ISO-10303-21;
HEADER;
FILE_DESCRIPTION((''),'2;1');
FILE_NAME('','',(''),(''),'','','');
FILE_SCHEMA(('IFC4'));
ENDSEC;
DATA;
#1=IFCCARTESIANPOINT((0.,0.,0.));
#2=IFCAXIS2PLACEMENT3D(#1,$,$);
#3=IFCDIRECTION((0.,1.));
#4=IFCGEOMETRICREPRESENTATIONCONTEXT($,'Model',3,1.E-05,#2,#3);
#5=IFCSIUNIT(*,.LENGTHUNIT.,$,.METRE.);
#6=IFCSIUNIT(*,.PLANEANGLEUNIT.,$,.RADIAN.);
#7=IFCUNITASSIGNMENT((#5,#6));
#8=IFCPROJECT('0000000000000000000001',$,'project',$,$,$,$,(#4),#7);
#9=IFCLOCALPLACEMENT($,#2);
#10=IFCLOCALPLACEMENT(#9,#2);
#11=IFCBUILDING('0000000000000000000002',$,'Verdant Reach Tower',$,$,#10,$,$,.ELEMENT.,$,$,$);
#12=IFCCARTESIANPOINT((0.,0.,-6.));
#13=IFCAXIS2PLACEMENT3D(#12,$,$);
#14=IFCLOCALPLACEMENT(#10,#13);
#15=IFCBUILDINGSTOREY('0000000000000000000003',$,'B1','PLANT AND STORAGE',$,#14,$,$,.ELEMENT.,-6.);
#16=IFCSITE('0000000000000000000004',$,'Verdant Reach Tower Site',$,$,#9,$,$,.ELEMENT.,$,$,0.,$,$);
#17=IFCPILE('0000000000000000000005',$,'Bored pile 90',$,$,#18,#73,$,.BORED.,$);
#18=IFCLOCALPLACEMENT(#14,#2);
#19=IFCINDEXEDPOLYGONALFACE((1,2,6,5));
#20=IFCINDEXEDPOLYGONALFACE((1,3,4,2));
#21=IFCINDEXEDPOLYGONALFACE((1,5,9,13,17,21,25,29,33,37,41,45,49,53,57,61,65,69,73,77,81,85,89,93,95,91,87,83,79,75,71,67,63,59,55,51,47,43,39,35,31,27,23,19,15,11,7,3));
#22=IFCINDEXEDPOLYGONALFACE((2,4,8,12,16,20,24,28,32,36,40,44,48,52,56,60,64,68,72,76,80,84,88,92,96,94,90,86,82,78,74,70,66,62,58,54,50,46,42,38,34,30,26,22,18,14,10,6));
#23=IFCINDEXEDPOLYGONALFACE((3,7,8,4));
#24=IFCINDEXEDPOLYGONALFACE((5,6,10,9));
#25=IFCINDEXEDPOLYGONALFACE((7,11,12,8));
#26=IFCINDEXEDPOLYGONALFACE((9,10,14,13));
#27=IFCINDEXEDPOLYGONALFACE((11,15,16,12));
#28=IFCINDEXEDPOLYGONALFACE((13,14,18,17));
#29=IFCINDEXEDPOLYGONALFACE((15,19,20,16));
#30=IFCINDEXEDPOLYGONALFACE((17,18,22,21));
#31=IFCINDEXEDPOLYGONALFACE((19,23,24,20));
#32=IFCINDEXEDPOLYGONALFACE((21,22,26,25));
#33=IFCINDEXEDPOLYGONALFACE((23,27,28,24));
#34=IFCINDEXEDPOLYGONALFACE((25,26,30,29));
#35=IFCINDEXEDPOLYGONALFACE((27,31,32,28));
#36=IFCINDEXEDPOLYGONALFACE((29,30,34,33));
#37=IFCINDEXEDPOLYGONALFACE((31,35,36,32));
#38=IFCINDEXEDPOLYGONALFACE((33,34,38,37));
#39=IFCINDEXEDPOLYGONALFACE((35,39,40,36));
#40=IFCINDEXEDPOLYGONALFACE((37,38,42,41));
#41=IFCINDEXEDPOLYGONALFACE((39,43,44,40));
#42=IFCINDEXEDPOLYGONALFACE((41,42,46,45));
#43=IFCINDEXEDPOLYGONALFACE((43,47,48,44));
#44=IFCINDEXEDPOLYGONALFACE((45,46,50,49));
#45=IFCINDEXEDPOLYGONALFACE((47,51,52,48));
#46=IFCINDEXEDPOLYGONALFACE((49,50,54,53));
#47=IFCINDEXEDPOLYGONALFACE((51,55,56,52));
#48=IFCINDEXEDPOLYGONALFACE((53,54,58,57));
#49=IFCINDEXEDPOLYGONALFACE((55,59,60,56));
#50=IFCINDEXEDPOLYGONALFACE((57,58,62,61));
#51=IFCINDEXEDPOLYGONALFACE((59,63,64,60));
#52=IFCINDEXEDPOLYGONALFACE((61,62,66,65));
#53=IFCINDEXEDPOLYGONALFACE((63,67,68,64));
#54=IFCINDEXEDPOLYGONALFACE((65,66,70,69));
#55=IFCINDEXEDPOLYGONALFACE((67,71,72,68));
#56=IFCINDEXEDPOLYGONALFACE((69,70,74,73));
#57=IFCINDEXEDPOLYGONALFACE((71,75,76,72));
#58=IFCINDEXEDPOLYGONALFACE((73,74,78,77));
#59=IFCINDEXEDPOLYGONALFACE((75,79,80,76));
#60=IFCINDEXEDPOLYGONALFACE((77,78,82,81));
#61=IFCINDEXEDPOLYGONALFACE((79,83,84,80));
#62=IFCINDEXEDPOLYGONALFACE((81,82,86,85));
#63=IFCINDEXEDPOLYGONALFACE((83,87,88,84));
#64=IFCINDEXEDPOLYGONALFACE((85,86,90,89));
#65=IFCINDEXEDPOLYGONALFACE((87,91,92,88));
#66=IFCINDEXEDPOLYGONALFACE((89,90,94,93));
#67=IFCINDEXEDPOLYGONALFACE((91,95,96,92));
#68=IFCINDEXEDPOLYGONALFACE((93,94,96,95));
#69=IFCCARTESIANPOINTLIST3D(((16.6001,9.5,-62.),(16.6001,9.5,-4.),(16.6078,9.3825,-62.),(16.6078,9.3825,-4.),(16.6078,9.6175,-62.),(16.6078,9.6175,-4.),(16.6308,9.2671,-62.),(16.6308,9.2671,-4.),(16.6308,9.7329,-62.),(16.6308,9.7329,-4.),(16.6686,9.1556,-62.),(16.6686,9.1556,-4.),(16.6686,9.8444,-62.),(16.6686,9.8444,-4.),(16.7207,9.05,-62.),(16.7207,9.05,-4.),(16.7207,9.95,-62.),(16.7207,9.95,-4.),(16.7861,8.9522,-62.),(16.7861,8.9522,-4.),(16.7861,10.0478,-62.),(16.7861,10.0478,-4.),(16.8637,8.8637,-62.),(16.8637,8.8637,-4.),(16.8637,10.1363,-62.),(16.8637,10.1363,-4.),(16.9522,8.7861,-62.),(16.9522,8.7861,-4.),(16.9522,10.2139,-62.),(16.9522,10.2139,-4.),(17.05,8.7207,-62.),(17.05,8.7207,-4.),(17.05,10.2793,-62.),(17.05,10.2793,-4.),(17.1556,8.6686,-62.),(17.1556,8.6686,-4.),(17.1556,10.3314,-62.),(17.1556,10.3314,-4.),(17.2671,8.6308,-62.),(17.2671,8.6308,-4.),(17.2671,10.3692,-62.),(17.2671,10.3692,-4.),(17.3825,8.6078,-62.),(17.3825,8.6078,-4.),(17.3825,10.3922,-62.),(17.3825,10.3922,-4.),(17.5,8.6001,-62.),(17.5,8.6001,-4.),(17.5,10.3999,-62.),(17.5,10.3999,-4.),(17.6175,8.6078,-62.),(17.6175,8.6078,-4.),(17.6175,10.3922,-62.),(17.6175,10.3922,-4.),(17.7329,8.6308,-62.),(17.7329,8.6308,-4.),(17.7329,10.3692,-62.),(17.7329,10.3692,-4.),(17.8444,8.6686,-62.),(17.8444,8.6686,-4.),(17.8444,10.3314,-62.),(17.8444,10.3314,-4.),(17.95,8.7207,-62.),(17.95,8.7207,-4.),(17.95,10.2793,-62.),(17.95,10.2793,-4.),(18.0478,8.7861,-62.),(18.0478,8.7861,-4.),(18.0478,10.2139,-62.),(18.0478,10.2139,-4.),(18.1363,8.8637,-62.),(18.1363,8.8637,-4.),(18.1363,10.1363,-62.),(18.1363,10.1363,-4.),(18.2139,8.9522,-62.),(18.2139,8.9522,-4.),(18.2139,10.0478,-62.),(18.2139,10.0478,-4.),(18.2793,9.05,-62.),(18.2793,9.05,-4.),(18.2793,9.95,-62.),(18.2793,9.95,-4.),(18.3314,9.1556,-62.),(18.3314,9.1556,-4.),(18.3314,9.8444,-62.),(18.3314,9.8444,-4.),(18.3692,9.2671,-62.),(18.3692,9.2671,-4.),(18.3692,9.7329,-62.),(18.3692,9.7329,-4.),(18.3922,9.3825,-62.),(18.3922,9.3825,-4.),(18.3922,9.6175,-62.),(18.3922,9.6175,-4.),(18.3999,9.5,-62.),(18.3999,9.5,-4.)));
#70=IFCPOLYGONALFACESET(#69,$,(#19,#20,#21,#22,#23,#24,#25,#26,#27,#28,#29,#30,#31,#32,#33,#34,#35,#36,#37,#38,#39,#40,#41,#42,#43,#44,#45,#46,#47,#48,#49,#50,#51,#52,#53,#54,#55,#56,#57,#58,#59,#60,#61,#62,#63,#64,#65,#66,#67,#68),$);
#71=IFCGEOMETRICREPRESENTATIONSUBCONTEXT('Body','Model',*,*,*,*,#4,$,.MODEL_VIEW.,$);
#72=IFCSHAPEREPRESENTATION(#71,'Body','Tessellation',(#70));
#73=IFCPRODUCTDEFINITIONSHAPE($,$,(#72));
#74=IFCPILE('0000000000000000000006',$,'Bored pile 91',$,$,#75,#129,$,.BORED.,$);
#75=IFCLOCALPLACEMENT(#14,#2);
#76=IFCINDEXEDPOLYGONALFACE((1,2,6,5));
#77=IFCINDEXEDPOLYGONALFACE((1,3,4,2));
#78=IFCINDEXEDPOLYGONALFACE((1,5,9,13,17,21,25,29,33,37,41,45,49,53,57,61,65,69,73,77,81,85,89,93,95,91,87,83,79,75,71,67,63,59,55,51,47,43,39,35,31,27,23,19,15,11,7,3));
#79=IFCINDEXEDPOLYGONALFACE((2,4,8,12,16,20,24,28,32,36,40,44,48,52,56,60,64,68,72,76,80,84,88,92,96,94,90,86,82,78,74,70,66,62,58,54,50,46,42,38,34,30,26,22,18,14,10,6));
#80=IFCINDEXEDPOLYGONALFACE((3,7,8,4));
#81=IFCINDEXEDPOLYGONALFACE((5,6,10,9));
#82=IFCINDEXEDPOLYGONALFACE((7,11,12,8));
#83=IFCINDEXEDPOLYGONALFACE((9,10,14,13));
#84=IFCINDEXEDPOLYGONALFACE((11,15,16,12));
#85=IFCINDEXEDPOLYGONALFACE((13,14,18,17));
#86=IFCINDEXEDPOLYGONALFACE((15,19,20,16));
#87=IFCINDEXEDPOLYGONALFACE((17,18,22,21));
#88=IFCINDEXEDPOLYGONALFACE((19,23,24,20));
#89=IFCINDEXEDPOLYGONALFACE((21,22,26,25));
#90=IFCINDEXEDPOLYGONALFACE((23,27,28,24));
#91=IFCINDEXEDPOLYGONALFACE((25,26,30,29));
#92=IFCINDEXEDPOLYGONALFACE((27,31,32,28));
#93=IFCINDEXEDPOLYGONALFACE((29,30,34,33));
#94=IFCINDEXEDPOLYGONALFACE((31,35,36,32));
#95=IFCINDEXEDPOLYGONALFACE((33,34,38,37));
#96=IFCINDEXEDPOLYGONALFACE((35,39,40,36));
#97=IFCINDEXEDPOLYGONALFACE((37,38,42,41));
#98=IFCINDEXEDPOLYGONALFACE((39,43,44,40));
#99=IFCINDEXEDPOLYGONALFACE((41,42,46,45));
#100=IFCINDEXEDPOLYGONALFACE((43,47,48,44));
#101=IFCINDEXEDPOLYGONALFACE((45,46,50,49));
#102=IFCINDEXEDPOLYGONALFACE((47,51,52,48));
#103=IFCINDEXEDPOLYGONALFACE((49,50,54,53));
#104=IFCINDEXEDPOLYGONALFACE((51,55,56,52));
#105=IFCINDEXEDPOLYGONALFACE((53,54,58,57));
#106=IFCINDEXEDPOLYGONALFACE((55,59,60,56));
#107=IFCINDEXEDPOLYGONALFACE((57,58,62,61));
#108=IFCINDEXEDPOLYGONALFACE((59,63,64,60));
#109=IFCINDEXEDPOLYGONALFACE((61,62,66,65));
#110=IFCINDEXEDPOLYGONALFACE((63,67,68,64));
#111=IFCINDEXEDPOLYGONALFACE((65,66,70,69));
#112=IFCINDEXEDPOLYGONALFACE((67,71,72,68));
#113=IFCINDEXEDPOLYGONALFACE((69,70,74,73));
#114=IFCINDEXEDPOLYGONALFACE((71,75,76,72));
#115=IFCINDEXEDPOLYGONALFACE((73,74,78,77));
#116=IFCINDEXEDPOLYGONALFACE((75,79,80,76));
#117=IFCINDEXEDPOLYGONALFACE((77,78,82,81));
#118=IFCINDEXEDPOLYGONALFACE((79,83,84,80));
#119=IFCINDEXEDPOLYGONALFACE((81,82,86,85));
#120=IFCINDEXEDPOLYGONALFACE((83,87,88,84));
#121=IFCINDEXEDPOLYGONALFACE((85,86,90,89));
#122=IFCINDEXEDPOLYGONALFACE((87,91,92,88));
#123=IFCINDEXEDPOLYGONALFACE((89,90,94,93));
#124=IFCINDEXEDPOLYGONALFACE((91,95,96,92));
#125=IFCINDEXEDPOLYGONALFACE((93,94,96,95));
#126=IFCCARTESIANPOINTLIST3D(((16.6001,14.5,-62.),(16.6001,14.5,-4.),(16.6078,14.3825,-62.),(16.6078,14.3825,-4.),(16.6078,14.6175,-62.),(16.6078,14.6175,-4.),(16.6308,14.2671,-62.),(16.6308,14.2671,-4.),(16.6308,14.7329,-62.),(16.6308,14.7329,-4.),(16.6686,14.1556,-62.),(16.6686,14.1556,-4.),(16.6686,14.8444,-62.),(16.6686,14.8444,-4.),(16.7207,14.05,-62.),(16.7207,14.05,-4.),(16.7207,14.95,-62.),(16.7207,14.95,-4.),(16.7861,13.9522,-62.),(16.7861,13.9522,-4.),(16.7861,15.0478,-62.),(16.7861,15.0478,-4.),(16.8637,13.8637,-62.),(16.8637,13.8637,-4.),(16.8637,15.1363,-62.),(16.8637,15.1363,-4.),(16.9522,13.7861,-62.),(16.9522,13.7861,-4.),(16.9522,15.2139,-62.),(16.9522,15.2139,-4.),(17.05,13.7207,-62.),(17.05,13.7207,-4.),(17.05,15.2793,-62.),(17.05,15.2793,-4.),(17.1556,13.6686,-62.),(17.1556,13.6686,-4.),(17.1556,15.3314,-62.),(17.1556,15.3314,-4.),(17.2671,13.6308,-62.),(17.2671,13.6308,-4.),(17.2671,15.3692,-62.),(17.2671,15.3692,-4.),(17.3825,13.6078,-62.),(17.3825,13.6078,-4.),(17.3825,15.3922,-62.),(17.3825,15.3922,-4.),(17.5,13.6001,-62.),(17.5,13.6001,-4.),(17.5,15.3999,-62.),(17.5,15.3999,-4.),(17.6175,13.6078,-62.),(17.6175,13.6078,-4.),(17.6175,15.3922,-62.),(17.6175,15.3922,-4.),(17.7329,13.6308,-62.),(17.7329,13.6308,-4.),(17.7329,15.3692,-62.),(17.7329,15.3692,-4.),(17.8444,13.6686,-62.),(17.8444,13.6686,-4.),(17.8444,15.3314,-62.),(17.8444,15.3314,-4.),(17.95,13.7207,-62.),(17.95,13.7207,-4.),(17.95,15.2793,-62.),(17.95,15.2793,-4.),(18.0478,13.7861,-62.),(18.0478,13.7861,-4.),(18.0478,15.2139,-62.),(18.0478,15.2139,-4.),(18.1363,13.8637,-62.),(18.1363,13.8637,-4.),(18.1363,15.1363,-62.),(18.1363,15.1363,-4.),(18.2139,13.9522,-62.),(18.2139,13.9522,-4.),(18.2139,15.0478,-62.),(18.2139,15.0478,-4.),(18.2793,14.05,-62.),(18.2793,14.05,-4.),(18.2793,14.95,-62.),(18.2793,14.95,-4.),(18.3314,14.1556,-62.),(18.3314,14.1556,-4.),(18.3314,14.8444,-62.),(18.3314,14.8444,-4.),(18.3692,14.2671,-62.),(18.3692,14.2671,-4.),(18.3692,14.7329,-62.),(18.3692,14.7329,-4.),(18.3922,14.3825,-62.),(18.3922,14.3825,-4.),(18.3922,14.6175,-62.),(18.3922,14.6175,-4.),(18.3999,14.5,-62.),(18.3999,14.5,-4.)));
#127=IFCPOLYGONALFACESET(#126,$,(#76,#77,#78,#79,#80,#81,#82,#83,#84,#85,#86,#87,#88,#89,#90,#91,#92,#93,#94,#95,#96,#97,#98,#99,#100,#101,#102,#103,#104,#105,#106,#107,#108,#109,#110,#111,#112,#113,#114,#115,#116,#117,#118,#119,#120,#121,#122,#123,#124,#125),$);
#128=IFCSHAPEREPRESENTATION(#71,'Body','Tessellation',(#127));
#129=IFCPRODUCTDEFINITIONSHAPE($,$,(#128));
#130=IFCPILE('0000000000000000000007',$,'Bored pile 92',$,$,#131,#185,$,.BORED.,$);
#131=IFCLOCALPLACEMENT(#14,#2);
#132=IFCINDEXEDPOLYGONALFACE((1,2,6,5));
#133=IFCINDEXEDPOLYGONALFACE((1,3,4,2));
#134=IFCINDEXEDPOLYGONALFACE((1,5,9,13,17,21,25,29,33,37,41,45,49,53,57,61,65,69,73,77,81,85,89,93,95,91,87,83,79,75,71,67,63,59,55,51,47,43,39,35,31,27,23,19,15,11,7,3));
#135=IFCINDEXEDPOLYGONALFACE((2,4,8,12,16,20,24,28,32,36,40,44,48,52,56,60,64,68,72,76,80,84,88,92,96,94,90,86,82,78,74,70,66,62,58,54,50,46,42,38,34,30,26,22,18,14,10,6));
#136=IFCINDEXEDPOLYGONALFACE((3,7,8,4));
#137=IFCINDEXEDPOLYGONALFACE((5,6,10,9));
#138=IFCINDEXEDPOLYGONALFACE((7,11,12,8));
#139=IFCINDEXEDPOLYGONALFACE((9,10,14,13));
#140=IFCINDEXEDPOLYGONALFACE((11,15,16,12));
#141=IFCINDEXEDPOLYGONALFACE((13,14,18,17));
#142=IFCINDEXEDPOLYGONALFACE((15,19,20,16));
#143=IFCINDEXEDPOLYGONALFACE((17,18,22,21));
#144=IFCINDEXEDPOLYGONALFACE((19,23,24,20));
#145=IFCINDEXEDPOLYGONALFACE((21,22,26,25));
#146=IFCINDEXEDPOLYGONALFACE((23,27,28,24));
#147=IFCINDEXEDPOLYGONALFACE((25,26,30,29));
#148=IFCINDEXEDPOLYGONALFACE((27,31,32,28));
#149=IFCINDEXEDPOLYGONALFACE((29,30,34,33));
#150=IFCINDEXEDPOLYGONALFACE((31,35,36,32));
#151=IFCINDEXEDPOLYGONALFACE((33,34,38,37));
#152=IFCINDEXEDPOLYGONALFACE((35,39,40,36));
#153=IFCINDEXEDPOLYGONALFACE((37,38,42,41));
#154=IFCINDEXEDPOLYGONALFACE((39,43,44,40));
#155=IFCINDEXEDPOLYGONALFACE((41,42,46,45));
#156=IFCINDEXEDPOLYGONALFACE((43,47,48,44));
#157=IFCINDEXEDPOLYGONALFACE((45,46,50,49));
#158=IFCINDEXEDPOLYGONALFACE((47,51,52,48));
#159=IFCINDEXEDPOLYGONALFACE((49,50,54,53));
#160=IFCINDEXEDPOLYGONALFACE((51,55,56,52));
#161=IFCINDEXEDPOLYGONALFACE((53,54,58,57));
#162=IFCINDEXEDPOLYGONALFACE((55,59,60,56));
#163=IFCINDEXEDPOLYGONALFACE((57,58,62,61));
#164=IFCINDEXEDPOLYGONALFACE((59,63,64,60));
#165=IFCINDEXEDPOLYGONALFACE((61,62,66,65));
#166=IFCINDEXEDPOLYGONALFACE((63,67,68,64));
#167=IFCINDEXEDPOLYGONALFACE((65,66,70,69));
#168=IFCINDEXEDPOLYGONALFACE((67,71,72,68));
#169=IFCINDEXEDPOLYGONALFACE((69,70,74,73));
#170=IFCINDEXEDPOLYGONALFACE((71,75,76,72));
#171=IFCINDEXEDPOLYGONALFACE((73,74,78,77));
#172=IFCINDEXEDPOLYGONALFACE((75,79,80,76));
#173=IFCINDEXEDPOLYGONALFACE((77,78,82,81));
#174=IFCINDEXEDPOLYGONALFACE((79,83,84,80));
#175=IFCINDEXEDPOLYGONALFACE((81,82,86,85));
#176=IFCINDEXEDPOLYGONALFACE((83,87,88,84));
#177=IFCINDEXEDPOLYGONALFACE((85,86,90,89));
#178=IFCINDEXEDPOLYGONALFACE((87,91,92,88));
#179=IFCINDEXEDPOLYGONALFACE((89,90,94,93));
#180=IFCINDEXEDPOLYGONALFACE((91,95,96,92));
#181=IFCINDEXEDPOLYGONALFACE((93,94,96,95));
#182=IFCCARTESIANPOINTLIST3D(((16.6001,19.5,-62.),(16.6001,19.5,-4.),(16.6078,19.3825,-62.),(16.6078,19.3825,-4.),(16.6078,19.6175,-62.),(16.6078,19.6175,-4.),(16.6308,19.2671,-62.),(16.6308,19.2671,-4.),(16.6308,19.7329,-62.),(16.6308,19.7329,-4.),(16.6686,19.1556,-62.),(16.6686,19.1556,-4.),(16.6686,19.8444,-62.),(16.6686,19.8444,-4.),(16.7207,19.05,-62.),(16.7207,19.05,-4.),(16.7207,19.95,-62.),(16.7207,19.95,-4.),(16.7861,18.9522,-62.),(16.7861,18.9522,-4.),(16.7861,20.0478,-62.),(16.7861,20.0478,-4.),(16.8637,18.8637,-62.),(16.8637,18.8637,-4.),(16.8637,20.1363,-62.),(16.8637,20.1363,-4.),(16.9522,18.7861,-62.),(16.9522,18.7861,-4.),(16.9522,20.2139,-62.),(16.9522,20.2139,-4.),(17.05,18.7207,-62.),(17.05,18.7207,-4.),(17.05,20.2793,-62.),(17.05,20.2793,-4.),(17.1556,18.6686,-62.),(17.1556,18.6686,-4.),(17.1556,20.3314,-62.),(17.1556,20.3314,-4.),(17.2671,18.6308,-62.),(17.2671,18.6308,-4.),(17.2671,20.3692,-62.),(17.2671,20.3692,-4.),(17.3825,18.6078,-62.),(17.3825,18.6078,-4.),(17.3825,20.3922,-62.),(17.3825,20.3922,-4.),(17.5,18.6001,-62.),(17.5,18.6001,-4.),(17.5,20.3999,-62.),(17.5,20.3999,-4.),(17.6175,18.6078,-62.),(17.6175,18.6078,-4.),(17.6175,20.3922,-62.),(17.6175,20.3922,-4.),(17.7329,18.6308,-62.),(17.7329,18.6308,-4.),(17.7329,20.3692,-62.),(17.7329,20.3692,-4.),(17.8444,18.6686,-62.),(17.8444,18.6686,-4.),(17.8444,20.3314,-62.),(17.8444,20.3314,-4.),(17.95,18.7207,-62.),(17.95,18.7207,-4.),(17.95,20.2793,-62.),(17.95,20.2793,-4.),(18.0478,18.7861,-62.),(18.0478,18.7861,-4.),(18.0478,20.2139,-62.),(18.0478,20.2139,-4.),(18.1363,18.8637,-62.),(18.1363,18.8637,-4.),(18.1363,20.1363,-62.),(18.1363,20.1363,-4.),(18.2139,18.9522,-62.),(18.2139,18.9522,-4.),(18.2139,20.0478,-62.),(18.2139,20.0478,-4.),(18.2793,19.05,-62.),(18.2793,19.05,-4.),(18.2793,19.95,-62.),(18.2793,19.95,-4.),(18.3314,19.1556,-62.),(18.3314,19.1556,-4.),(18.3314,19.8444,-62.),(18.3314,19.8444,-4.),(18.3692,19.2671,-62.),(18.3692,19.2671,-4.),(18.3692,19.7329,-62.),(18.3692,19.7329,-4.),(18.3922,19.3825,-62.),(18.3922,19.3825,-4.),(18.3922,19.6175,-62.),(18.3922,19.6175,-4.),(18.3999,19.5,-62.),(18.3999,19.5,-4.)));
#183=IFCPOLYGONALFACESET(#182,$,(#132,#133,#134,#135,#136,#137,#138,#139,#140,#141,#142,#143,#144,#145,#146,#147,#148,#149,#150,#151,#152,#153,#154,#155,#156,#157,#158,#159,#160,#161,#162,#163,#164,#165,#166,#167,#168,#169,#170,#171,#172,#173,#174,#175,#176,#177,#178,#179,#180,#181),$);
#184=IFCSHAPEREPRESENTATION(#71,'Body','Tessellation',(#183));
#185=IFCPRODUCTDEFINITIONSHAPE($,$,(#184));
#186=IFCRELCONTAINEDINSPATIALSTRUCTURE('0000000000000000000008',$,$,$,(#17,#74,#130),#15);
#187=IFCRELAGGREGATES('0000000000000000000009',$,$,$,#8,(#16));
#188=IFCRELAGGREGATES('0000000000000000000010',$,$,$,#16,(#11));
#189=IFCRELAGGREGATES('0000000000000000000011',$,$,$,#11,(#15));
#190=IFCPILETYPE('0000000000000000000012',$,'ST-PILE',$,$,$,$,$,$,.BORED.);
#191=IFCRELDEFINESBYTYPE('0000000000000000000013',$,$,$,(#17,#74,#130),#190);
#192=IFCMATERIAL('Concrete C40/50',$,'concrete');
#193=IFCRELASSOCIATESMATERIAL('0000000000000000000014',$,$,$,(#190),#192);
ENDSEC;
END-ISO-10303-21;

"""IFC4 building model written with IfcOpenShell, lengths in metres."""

from ifc_helpers import new_model, si_unit, direction, frame, origin, origin_2d, place, context, subcontext, project, spatial, circle, extrude, material, material_profile, profile_set, type_object, element, save


model = new_model("IFC4")

# Units and contexts
model_context = context("Model", 3, precision=1e-05, world=origin(), true_north=direction((0.0, 1.0)))
body_context = subcontext(model_context, "Body", "Model", "MODEL_VIEW")
ifc_project = project(units=[si_unit("LENGTHUNIT", "METRE"), si_unit("PLANEANGLEUNIT", "RADIAN")], contexts=[model_context])

# Site, building, storey
site_placement = place(None, origin())
site = spatial("IfcSite", under=ifc_project, at=site_placement, Name="Verdant Reach Tower Site", CompositionType="ELEMENT", RefElevation=0.0)
building_placement = place(site_placement, origin())
building = spatial("IfcBuilding", under=site, at=building_placement, Name="Verdant Reach Tower", CompositionType="ELEMENT")
storey_placement = place(building_placement, frame((0.0, 0.0, -6.0)))
storey = spatial("IfcBuildingStorey", under=building, at=storey_placement, Name="B1", Description="PLANT AND STORAGE", CompositionType="ELEMENT", Elevation=-6.0)

# Piles
ifc_material_1 = material(Name="Concrete C40/50", Category="concrete")
ifc_material_profile_1 = material_profile(ifc_material_1, circle(Radius=0.8999, at=origin_2d()), Name="BP 1800")
ifc_profile_set_1 = profile_set([ifc_material_profile_1], Name="Concrete C40/50")
pile_type = type_object("IfcPileType", Name="ST-PILE", PredefinedType="BORED", material=ifc_profile_set_1)
for number, where, z_axis, x_axis, name in (
    (1, (17.5, 9.5, -4.0), (0.0, 0.0, -1.0), (1.0, 0.0, 0.0), "Bored pile 90"),
    (2, (17.5, 14.5, -4.0), (0.0, 0.0, -1.0), (1.0, 0.0, 0.0), "Bored pile 91"),
    (3, (17.5, 19.5, -4.0), (0.0, 0.0, -1.0), (1.0, 0.0, 0.0), "Bored pile 92"),
):
    element("IfcPile", number, at=place(storey_placement, frame(where, z_axis=z_axis, x_axis=x_axis)), inside=storey, type_object=pile_type, Name=name, PredefinedType="BORED", context=body_context, shape_type="SweptSolid", body=[
        extrude(circle(Radius=0.8999, at=origin_2d()), origin(), (0.0, 0.0, 1.0), 58.0),
    ])

save(model, "model.ifc")
